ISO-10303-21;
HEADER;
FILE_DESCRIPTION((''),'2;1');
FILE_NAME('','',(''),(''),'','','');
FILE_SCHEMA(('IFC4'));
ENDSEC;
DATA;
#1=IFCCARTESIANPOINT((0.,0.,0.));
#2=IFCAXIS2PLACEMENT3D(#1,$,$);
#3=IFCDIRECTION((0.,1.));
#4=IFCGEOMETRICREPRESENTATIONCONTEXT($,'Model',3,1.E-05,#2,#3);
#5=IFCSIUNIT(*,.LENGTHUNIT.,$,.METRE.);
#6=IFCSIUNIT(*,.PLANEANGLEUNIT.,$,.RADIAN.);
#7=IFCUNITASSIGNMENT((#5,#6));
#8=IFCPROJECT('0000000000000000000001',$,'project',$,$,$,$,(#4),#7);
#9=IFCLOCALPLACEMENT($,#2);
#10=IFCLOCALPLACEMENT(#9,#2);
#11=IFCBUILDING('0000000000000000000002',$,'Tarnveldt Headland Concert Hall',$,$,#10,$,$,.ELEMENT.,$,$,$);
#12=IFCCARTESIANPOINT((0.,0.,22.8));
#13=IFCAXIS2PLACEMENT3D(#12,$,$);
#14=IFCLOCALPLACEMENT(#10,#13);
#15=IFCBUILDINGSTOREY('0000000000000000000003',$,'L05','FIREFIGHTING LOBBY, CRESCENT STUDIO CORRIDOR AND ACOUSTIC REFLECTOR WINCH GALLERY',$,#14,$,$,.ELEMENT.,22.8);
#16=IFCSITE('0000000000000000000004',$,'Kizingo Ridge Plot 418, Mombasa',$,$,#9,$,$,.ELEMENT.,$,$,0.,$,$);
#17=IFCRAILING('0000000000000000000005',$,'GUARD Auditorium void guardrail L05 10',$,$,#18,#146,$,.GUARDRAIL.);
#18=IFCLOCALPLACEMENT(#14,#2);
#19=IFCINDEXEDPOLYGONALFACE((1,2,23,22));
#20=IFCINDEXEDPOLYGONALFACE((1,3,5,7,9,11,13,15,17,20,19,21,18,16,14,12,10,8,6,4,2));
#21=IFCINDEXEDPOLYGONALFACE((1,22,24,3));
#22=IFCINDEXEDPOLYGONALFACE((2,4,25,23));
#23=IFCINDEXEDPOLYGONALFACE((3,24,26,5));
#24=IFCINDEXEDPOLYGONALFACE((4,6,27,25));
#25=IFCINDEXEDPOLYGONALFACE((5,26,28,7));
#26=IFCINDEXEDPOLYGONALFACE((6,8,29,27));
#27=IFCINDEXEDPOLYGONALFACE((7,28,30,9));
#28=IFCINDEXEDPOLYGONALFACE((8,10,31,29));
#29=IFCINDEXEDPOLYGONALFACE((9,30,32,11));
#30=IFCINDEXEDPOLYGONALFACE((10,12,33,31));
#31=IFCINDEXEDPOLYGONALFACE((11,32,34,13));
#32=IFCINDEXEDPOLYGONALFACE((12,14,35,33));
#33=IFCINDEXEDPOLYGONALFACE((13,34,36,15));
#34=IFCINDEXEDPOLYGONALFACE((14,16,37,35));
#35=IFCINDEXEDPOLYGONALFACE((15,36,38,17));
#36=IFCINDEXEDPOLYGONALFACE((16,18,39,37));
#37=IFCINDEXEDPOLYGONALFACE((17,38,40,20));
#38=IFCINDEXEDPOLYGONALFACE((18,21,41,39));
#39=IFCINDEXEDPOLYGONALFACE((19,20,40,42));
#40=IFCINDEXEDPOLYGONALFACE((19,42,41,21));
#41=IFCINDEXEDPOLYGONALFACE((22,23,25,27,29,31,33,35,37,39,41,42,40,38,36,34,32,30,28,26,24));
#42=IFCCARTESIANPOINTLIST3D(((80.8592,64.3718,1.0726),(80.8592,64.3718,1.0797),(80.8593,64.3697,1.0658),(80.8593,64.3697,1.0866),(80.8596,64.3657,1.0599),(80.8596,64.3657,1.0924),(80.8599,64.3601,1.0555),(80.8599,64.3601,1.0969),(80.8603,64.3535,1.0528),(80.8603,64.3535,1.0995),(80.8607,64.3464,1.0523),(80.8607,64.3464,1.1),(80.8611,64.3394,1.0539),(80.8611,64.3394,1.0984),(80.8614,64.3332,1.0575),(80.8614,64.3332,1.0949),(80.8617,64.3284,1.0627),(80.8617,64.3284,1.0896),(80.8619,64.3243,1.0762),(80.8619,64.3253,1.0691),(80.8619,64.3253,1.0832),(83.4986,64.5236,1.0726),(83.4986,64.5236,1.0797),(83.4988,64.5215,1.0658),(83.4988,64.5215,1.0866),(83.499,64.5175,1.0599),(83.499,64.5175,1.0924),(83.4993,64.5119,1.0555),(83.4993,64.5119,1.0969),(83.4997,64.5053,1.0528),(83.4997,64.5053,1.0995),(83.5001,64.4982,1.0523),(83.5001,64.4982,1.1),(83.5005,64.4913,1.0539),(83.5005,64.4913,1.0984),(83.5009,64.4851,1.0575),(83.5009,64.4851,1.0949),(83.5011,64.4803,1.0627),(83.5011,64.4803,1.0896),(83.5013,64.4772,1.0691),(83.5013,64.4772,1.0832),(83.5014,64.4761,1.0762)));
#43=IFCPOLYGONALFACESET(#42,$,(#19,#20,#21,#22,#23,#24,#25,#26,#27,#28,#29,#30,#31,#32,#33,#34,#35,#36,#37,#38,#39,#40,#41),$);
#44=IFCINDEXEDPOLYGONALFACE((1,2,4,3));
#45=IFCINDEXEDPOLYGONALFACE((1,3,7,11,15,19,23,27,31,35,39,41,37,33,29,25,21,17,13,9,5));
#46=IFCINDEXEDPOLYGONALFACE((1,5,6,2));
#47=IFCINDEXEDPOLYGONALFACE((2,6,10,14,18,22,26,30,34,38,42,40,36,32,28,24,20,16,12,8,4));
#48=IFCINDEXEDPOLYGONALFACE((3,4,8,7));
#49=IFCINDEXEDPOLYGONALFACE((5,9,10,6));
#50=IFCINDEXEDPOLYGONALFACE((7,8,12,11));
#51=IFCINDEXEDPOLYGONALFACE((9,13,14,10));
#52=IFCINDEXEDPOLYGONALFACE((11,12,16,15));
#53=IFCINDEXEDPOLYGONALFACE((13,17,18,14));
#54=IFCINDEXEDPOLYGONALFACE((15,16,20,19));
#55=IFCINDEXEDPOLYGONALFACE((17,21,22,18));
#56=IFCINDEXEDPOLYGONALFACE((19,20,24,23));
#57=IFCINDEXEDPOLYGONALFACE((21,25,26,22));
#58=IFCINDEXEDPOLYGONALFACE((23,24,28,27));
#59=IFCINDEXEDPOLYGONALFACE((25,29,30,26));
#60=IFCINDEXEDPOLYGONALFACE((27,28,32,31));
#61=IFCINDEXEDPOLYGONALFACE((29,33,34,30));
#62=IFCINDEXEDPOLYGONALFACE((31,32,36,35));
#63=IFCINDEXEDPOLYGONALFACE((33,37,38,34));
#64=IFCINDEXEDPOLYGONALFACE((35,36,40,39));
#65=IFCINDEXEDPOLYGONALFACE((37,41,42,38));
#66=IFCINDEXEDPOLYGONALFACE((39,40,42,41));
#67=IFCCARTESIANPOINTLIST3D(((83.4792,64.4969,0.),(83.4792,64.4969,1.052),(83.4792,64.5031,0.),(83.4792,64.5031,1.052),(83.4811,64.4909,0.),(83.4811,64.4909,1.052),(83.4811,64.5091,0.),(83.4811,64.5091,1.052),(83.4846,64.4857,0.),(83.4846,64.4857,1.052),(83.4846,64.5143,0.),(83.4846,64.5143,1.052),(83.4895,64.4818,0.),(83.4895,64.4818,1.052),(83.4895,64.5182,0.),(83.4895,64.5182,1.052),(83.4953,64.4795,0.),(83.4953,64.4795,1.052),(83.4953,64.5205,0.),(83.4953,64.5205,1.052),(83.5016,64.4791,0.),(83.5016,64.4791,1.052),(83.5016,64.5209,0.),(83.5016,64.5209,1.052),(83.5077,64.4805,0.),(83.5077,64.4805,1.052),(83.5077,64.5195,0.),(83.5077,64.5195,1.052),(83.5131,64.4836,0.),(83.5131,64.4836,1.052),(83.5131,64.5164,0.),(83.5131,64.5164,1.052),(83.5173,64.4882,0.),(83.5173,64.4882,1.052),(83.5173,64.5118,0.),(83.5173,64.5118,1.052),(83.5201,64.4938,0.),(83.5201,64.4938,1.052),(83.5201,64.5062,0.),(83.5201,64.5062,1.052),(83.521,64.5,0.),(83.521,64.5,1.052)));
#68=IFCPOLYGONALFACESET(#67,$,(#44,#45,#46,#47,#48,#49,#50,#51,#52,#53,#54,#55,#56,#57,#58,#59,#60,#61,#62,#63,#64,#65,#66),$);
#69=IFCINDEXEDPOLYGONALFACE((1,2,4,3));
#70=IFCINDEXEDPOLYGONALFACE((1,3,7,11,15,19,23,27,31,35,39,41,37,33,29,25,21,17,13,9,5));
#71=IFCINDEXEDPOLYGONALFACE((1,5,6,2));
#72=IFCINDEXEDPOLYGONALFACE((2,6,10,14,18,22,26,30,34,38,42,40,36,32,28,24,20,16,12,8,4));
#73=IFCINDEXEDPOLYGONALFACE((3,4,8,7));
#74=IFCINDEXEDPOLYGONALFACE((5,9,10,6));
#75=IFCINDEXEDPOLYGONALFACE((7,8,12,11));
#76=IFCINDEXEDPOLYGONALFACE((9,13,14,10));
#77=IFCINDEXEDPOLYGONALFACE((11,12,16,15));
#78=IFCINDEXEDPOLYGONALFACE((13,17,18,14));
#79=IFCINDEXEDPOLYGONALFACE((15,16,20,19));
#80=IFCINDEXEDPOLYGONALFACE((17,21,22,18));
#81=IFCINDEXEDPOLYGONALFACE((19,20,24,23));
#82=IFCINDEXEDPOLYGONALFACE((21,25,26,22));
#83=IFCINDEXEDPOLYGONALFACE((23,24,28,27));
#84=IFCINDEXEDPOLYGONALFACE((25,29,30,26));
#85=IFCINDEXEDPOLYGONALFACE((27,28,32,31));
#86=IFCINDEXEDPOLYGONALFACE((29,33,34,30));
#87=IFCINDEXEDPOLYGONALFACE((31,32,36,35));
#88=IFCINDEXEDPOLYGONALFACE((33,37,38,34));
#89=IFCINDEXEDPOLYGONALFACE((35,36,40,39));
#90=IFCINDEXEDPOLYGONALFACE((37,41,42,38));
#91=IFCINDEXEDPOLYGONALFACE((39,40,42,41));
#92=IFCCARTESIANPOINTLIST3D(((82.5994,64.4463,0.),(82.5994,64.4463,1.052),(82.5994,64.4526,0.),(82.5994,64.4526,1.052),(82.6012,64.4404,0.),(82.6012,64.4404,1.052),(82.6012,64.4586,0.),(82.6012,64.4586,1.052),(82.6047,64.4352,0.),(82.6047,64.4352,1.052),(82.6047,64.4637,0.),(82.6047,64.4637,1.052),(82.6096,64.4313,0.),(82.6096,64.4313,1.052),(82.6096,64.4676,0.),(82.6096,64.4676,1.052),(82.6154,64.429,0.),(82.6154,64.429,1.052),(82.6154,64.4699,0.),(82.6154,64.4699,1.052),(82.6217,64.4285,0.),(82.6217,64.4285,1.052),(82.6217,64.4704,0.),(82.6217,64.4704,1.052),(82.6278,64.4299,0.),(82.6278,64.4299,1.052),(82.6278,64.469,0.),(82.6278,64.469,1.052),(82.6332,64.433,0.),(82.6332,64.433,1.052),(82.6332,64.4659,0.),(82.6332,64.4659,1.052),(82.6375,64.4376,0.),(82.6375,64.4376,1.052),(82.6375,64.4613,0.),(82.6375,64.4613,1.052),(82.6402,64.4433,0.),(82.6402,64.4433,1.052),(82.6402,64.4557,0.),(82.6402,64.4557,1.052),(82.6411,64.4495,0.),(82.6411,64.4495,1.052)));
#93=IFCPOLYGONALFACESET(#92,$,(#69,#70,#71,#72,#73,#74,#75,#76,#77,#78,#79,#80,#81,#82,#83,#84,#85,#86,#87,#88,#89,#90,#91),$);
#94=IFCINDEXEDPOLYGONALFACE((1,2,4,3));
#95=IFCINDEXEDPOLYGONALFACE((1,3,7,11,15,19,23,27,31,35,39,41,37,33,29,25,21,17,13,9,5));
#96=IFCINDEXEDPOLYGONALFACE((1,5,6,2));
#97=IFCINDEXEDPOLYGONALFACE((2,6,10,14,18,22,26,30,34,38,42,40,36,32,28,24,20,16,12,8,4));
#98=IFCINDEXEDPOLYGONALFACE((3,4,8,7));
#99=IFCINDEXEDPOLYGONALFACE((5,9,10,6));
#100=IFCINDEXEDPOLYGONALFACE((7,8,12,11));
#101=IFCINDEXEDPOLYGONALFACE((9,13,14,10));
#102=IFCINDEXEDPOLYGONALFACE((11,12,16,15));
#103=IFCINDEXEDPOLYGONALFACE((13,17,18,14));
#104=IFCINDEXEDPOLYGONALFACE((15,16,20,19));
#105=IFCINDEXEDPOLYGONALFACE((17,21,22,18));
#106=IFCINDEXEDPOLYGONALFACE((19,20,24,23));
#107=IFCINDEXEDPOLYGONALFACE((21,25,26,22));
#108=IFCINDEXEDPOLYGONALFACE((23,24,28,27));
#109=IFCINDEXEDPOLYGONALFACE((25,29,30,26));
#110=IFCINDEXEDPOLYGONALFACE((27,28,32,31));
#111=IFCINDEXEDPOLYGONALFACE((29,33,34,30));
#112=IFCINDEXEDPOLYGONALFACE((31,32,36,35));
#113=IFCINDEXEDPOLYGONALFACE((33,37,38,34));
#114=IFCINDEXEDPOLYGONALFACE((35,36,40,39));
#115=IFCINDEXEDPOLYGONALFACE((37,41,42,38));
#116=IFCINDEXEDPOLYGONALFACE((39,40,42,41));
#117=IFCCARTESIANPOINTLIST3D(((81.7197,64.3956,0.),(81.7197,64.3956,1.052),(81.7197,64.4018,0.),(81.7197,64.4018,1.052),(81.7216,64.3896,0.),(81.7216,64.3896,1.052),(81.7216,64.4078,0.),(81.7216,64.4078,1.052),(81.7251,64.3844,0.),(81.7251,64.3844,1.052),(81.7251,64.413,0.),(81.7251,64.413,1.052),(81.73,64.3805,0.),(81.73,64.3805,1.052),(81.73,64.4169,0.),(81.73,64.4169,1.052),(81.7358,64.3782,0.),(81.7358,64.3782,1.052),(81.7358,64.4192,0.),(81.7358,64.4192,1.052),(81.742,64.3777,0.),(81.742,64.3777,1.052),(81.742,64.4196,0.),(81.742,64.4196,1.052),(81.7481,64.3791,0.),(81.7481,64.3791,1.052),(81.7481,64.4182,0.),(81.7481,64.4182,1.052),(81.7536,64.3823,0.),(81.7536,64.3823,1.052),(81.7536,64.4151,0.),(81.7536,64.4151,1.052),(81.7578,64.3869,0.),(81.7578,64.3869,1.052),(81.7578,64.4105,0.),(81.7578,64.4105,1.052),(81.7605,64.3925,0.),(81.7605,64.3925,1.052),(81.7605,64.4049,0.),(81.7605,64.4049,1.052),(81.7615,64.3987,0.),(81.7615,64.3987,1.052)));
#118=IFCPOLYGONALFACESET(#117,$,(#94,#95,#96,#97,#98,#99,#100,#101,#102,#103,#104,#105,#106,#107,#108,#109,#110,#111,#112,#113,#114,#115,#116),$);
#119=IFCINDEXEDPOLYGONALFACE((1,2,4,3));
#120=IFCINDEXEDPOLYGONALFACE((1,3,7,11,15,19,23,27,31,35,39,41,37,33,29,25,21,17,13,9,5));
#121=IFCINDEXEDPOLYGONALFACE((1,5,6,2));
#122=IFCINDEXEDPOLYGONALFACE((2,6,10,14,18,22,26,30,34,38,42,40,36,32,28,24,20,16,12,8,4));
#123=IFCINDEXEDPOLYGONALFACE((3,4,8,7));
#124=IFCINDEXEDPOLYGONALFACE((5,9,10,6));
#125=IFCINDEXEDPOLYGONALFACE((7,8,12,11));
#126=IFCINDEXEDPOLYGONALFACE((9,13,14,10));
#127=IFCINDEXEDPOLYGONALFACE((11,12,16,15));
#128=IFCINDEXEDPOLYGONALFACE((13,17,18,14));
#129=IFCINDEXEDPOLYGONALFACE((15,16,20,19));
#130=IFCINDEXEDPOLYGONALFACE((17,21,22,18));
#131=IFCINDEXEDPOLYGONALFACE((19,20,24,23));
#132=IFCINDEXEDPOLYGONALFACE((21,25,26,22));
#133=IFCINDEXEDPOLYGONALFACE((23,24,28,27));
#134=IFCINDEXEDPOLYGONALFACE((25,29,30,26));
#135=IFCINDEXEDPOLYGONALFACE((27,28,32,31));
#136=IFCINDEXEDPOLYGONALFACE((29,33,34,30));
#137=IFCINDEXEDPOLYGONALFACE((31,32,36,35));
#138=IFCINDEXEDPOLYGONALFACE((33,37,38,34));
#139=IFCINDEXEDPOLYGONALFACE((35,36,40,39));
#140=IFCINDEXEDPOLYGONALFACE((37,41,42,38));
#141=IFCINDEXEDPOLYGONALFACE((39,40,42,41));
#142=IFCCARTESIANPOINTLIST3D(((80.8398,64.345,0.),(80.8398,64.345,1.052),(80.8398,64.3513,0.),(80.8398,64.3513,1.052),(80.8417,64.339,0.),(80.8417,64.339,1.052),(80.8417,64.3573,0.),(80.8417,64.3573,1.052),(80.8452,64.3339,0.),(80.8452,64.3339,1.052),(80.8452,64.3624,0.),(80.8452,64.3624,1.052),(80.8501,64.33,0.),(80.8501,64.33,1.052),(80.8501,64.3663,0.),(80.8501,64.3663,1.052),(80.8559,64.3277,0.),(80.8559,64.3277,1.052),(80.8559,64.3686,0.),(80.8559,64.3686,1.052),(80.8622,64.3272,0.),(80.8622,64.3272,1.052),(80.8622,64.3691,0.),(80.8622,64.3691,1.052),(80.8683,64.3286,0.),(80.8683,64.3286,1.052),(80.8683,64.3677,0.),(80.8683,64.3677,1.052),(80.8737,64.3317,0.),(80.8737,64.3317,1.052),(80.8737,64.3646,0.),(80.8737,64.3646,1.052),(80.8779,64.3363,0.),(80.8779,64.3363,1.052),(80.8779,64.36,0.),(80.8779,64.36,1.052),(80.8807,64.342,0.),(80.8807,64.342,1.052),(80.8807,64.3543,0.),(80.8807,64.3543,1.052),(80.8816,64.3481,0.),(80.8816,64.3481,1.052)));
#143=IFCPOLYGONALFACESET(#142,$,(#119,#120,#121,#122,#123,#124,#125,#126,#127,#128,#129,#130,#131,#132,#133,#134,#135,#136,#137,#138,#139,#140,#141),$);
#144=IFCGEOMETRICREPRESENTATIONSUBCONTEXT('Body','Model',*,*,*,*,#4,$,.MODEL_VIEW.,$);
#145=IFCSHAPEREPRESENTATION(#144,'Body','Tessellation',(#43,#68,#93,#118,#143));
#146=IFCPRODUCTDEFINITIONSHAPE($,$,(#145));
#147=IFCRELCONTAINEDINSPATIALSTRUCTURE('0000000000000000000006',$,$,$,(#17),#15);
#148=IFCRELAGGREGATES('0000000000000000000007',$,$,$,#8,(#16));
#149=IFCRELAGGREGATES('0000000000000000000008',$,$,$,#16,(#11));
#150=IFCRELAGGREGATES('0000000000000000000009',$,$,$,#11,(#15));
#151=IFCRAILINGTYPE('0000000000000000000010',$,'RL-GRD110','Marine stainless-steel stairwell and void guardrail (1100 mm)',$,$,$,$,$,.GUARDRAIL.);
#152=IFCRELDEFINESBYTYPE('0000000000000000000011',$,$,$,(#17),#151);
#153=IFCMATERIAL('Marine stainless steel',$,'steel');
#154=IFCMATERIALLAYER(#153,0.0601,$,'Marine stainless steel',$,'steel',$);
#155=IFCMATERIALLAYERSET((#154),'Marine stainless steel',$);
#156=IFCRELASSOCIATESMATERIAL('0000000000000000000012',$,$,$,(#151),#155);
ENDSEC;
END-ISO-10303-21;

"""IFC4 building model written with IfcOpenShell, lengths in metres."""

from ifc_helpers import new_model, si_unit, direction, frame, origin, origin_2d, place, context, subcontext, project, spatial, circle, extrude, material, layer, layer_set, type_object, element, save


model = new_model("IFC4")

# Units and contexts
model_context = context("Model", 3, precision=1e-05, world=origin(), true_north=direction((0.0, 1.0)))
body_context = subcontext(model_context, "Body", "Model", "MODEL_VIEW")
ifc_project = project(units=[si_unit("LENGTHUNIT", "METRE"), si_unit("PLANEANGLEUNIT", "RADIAN")], contexts=[model_context])

# Site, building, storey
site_placement = place(None, origin())
site = spatial("IfcSite", under=ifc_project, at=site_placement, Name="Kizingo Ridge Plot 418, Mombasa", CompositionType="ELEMENT", RefElevation=0.0)
building_placement = place(site_placement, origin())
building = spatial("IfcBuilding", under=site, at=building_placement, Name="Tarnveldt Headland Concert Hall", CompositionType="ELEMENT")
storey_placement = place(building_placement, frame((0.0, 0.0, 22.8)))
storey = spatial("IfcBuildingStorey", under=building, at=storey_placement, Name="L05", Description="FIREFIGHTING LOBBY, CRESCENT STUDIO CORRIDOR AND ACOUSTIC REFLECTOR WINCH GALLERY", CompositionType="ELEMENT", Elevation=22.8)

# Railing
ifc_material_1 = material(Name="Marine stainless steel", Category="steel")
ifc_layer_1 = layer(ifc_material_1, 0.0601, Name="Marine stainless steel", Category="steel")
ifc_layer_set_1 = layer_set([ifc_layer_1], Name="Marine stainless steel")
railing_type = type_object("IfcRailingType", Name="RL-GRD110", Description="Marine stainless-steel stairwell and void guardrail (1100 mm)", PredefinedType="GUARDRAIL", material=ifc_layer_set_1)
railing_1_placement = place(storey_placement, frame((83.5, 64.5, 0.0)))
element("IfcRailing", 1, at=railing_1_placement, inside=storey, type_object=railing_type, Name="GUARD Auditorium void guardrail L05 10", PredefinedType="GUARDRAIL", context=body_context, shape_type="SweptSolid", body=[
    extrude(circle(Radius=0.0239, at=origin_2d()), frame((0.0, 0.0, 1.0762), z_axis=(-0.998349, -0.057439, 0.0), x_axis=(0.057439, -0.998349, 0.0)), (0.0, 0.0, 1.0), 2.6438),
    extrude(circle(Radius=0.021, at=origin_2d()), origin(), (0.0, 0.0, 1.0), 1.052),
    extrude(circle(Radius=0.021, at=origin_2d()), frame((-0.8799, -0.0505, 0.0)), (0.0, 0.0, 1.0), 1.052),
    extrude(circle(Radius=0.021, at=origin_2d()), frame((-1.7595, -0.1013, 0.0)), (0.0, 0.0, 1.0), 1.052),
    extrude(circle(Radius=0.021, at=origin_2d()), frame((-2.6394, -0.1519, 0.0)), (0.0, 0.0, 1.0), 1.052),
])

save(model, "model.ifc")
